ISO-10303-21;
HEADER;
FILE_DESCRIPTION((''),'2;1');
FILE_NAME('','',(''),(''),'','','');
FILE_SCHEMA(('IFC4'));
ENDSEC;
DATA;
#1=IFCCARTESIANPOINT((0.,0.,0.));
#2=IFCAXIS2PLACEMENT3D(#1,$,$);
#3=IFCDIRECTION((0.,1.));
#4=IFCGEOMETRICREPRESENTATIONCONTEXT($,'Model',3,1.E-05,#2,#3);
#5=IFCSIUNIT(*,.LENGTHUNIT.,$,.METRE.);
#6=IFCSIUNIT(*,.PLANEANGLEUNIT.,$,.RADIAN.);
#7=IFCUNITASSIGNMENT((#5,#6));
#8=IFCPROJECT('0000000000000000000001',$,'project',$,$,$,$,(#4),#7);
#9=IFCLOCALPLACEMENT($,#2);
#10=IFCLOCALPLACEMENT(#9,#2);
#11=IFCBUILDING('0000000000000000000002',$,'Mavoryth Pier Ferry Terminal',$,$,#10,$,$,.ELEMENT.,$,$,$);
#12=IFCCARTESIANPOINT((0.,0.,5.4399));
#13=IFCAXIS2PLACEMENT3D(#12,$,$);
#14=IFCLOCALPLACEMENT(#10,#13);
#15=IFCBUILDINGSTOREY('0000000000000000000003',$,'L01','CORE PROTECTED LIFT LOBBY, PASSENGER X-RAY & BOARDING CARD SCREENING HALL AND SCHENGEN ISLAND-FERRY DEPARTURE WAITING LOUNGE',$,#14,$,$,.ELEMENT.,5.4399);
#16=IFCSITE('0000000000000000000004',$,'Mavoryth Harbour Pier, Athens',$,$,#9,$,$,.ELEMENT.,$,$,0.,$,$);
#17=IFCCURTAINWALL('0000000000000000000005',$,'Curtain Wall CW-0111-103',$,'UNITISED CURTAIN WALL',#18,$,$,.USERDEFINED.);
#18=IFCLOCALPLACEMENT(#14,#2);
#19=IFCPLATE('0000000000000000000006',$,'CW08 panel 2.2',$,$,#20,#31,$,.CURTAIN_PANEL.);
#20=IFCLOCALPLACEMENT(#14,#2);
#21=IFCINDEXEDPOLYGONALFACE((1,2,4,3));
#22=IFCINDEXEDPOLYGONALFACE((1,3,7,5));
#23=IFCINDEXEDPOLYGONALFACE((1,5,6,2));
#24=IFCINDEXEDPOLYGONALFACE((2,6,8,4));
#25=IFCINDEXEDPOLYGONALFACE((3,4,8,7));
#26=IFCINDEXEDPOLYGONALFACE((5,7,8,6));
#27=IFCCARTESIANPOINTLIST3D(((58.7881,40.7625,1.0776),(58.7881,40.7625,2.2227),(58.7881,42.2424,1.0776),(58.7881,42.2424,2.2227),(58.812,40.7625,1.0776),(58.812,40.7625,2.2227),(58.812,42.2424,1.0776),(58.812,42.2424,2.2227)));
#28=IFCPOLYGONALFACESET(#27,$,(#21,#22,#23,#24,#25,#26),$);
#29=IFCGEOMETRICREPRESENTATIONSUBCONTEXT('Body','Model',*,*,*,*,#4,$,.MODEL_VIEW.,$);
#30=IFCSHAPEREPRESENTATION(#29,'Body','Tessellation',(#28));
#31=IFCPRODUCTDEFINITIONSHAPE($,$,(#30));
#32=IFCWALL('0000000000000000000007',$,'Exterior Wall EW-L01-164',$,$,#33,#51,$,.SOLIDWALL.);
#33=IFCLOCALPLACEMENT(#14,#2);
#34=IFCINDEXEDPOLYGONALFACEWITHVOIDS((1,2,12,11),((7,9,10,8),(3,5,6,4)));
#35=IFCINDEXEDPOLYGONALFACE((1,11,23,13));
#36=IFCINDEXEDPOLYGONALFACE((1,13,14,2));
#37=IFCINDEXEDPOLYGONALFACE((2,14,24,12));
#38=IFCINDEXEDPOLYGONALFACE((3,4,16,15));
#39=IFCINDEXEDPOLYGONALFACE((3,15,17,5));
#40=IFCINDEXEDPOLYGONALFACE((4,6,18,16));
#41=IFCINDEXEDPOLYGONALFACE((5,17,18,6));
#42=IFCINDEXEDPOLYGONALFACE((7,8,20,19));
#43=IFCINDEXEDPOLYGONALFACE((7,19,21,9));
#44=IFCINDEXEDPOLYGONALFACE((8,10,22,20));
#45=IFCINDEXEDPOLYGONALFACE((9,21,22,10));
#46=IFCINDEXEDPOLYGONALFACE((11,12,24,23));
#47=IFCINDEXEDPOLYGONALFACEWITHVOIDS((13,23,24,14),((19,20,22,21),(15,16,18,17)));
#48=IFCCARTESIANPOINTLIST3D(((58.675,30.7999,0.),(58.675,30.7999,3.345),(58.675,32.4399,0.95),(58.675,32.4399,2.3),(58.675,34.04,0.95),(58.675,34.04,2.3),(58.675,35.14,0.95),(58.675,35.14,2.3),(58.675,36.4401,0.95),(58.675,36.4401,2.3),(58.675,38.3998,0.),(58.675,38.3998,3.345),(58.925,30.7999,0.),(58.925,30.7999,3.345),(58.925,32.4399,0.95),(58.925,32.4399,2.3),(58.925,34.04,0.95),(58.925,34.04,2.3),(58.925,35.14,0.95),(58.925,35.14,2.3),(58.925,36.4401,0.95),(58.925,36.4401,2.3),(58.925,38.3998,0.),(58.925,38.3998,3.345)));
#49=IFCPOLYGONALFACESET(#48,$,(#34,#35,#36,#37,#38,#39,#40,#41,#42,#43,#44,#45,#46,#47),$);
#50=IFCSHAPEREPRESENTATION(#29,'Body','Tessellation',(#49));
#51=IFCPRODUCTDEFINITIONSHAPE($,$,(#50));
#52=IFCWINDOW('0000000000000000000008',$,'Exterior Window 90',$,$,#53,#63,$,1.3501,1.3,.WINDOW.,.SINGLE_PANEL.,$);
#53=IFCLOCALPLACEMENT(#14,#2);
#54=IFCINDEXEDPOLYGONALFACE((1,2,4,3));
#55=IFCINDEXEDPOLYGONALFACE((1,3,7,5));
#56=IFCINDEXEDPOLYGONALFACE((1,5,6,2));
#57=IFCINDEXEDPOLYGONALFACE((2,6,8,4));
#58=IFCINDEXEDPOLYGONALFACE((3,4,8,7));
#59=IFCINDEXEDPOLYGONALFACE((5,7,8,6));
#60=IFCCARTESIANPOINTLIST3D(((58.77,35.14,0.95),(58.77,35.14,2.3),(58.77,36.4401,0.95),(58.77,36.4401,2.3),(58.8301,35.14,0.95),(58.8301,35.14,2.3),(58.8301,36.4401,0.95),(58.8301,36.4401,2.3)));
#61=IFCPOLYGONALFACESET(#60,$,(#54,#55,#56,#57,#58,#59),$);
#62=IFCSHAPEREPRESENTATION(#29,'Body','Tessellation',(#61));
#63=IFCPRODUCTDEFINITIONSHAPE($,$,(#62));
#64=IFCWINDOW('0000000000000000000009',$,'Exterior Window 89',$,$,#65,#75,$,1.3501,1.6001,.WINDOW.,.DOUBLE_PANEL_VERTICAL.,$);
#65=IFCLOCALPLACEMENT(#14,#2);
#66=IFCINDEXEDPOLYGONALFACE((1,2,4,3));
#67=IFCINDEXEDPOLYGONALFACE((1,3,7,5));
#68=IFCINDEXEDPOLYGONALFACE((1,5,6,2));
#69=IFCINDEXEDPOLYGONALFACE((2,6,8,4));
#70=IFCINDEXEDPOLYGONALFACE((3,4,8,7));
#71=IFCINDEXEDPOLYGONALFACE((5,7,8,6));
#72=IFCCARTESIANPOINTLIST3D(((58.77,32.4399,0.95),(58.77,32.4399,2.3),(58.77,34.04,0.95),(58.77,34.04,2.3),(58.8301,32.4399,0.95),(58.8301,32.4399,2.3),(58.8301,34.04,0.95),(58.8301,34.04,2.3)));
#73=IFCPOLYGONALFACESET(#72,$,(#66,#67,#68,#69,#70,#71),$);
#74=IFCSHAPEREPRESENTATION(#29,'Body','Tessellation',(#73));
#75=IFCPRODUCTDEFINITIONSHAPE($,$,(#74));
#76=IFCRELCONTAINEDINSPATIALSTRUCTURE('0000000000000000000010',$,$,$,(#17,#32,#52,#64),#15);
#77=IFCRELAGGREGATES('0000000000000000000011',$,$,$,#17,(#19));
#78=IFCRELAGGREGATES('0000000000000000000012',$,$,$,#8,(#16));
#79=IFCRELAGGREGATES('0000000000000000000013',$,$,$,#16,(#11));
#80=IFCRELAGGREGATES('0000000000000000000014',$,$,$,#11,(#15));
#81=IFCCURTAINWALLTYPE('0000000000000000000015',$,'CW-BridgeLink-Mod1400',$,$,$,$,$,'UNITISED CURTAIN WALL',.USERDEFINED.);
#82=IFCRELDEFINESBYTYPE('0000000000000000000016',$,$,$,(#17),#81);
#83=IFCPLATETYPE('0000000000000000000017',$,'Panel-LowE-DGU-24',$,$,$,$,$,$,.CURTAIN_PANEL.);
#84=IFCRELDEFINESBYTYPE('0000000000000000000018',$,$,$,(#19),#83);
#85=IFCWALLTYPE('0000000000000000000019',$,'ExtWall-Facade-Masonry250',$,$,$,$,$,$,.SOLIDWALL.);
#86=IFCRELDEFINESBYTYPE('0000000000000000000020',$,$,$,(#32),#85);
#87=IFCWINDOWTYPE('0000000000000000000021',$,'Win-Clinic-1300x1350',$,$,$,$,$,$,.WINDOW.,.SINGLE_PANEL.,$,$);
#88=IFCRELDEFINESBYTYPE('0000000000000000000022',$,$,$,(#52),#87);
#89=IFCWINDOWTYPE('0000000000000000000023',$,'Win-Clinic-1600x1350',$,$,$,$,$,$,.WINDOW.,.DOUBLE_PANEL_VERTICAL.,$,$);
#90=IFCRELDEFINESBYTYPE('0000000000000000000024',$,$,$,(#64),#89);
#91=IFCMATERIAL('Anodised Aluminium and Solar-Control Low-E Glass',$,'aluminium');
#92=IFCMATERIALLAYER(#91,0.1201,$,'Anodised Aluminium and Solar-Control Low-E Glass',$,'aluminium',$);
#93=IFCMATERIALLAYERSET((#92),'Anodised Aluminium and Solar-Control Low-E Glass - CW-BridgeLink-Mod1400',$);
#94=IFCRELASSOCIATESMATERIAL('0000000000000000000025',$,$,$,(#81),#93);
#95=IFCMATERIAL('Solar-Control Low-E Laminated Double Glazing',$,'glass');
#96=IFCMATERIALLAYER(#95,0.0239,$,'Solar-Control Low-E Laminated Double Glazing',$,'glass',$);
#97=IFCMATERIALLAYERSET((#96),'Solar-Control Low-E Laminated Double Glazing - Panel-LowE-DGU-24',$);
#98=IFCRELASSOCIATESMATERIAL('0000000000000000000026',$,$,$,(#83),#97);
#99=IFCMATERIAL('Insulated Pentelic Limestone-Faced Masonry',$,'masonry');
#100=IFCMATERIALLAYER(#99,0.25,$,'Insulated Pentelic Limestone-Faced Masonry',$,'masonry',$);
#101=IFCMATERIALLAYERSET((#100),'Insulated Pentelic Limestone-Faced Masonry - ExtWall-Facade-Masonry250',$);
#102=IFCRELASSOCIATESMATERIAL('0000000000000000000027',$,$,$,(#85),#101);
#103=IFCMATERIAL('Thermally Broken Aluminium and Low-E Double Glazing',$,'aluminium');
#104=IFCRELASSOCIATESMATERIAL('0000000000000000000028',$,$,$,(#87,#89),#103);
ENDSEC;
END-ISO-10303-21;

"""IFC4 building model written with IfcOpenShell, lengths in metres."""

from ifc_helpers import new_model, si_unit, direction, frame, frame_2d, origin, origin_2d, place, context, subcontext, project, spatial, rectangle, extrude, material, layer, layer_set, type_object, element, fill, aggregate, save


model = new_model("IFC4")

# Units and contexts
model_context = context("Model", 3, precision=1e-05, world=origin(), true_north=direction((0.0, 1.0)))
body_context = subcontext(model_context, "Body", "Model", "MODEL_VIEW")
ifc_project = project(units=[si_unit("LENGTHUNIT", "METRE"), si_unit("PLANEANGLEUNIT", "RADIAN")], contexts=[model_context])

# Site, building, storey
site_placement = place(None, origin())
site = spatial("IfcSite", under=ifc_project, at=site_placement, Name="Mavoryth Harbour Pier, Athens", CompositionType="ELEMENT", RefElevation=0.0)
building_placement = place(site_placement, origin())
building = spatial("IfcBuilding", under=site, at=building_placement, Name="Mavoryth Pier Ferry Terminal", CompositionType="ELEMENT")
storey_placement = place(building_placement, frame((0.0, 0.0, 5.4399)))
storey = spatial("IfcBuildingStorey", under=building, at=storey_placement, Name="L01", Description="CORE PROTECTED LIFT LOBBY, PASSENGER X-RAY & BOARDING CARD SCREENING HALL AND SCHENGEN ISLAND-FERRY DEPARTURE WAITING LOUNGE", CompositionType="ELEMENT", Elevation=5.4399)

# Curtain wall
ifc_material_1 = material(Name="Anodised Aluminium and Solar-Control Low-E Glass", Category="aluminium")
ifc_layer_1 = layer(ifc_material_1, 0.1201, Name="Anodised Aluminium and Solar-Control Low-E Glass", Category="aluminium")
ifc_layer_set_1 = layer_set([ifc_layer_1], Name="Anodised Aluminium and Solar-Control Low-E Glass - CW-BridgeLink-Mod1400")
curtain_wall_type = type_object("IfcCurtainWallType", Name="CW-BridgeLink-Mod1400", ElementType="UNITISED CURTAIN WALL", PredefinedType="USERDEFINED", material=ifc_layer_set_1)
curtain_wall_placement = place(storey_placement, origin())
curtain_wall = element("IfcCurtainWall", 1, at=curtain_wall_placement, inside=storey, type_object=curtain_wall_type, Name="Curtain Wall CW-0111-103", ObjectType="UNITISED CURTAIN WALL", PredefinedType="USERDEFINED")

# Plate
ifc_material_2 = material(Name="Solar-Control Low-E Laminated Double Glazing", Category="glass")
ifc_layer_2 = layer(ifc_material_2, 0.0239, Name="Solar-Control Low-E Laminated Double Glazing", Category="glass")
ifc_layer_set_2 = layer_set([ifc_layer_2], Name="Solar-Control Low-E Laminated Double Glazing - Panel-LowE-DGU-24")
plate_type = type_object("IfcPlateType", Name="Panel-LowE-DGU-24", PredefinedType="CURTAIN_PANEL", material=ifc_layer_set_2)
plate_1_placement = place(storey_placement, frame((58.8, 41.5024, 1.0776), z_axis=(0.0, 0.0, 1.0), x_axis=(0.0, 1.0, 0.0)))
plate_1 = element("IfcPlate", 2, at=plate_1_placement, type_object=plate_type, Name="CW08 panel 2.2", PredefinedType="CURTAIN_PANEL", context=body_context, shape_type="SweptSolid", body=[
    extrude(rectangle(XDim=1.48, YDim=0.0239, at=origin_2d()), origin(), (0.0, 0.0, 1.0), 1.145),
])
aggregate(curtain_wall, [plate_1])

# Wall, openings, windows
ifc_material_3 = material(Name="Insulated Pentelic Limestone-Faced Masonry", Category="masonry")
ifc_layer_3 = layer(ifc_material_3, 0.25, Name="Insulated Pentelic Limestone-Faced Masonry", Category="masonry")
ifc_layer_set_3 = layer_set([ifc_layer_3], Name="Insulated Pentelic Limestone-Faced Masonry - ExtWall-Facade-Masonry250")
wall_type = type_object("IfcWallType", Name="ExtWall-Facade-Masonry250", PredefinedType="SOLIDWALL", material=ifc_layer_set_3)
wall_placement = place(storey_placement, frame((58.8, 30.8, 0.0), z_axis=(0.0, 0.0, 1.0), x_axis=(0.0, 1.0, 0.0)))
wall = element("IfcWall", 3, at=wall_placement, inside=storey, type_object=wall_type, Name="Exterior Wall EW-L01-164", PredefinedType="SOLIDWALL", context=body_context, shape_type="SweptSolid", body=[
    extrude(rectangle(XDim=7.5999, YDim=0.25, at=frame_2d((3.7998, 0.0))), origin(), (0.0, 0.0, 1.0), 3.345),
])
opening_1_placement = place(wall_placement, frame((1.6399, 0.0, 0.95)))
opening_1 = element("IfcOpeningElement", 4, at=opening_1_placement, cuts=wall, PredefinedType="OPENING", context=body_context, shape_type="SweptSolid", body=[
    extrude(rectangle(XDim=1.6001, YDim=1.3501, at=frame_2d((0.8, 0.675))), frame((0.0, 0.135, 0.0), z_axis=(0.0, -1.0, 0.0), x_axis=(1.0, 0.0, 0.0)), (0.0, 0.0, 1.0), 0.27),
])
opening_2_placement = place(wall_placement, frame((4.3401, 0.0, 0.95)))
opening_2 = element("IfcOpeningElement", 5, at=opening_2_placement, cuts=wall, PredefinedType="OPENING", context=body_context, shape_type="SweptSolid", body=[
    extrude(rectangle(XDim=1.3, YDim=1.3501, at=frame_2d((0.6499, 0.675))), frame((0.0, 0.135, 0.0), z_axis=(0.0, -1.0, 0.0), x_axis=(1.0, 0.0, 0.0)), (0.0, 0.0, 1.0), 0.27),
])
ifc_material_4 = material(Name="Thermally Broken Aluminium and Low-E Double Glazing", Category="aluminium")
window_type_1 = type_object("IfcWindowType", Name="Win-Clinic-1300x1350", PartitioningType="SINGLE_PANEL", PredefinedType="WINDOW", material=ifc_material_4)
window_1_placement = place(opening_2_placement, origin())
window_1 = element("IfcWindow", 6, at=window_1_placement, inside=storey, type_object=window_type_1, Name="Exterior Window 90", OverallHeight=1.3501, OverallWidth=1.3, PartitioningType="SINGLE_PANEL", PredefinedType="WINDOW", context=body_context, shape_type="SweptSolid", body=[
    extrude(rectangle(XDim=1.3, YDim=1.3501, at=frame_2d((0.6499, 0.675))), frame((0.0, 0.03, 0.0), z_axis=(0.0, -1.0, 0.0), x_axis=(1.0, 0.0, 0.0)), (0.0, 0.0, 1.0), 0.0601),
])
fill(opening_2, window_1)
window_type_2 = type_object("IfcWindowType", Name="Win-Clinic-1600x1350", PartitioningType="DOUBLE_PANEL_VERTICAL", PredefinedType="WINDOW", material=ifc_material_4)
window_2_placement = place(opening_1_placement, origin())
window_2 = element("IfcWindow", 7, at=window_2_placement, inside=storey, type_object=window_type_2, Name="Exterior Window 89", OverallHeight=1.3501, OverallWidth=1.6001, PartitioningType="DOUBLE_PANEL_VERTICAL", PredefinedType="WINDOW", context=body_context, shape_type="SweptSolid", body=[
    extrude(rectangle(XDim=1.6001, YDim=1.3501, at=frame_2d((0.8, 0.675))), frame((0.0, 0.03, 0.0), z_axis=(0.0, -1.0, 0.0), x_axis=(1.0, 0.0, 0.0)), (0.0, 0.0, 1.0), 0.0601),
])
fill(opening_1, window_2)

save(model, "model.ifc")
